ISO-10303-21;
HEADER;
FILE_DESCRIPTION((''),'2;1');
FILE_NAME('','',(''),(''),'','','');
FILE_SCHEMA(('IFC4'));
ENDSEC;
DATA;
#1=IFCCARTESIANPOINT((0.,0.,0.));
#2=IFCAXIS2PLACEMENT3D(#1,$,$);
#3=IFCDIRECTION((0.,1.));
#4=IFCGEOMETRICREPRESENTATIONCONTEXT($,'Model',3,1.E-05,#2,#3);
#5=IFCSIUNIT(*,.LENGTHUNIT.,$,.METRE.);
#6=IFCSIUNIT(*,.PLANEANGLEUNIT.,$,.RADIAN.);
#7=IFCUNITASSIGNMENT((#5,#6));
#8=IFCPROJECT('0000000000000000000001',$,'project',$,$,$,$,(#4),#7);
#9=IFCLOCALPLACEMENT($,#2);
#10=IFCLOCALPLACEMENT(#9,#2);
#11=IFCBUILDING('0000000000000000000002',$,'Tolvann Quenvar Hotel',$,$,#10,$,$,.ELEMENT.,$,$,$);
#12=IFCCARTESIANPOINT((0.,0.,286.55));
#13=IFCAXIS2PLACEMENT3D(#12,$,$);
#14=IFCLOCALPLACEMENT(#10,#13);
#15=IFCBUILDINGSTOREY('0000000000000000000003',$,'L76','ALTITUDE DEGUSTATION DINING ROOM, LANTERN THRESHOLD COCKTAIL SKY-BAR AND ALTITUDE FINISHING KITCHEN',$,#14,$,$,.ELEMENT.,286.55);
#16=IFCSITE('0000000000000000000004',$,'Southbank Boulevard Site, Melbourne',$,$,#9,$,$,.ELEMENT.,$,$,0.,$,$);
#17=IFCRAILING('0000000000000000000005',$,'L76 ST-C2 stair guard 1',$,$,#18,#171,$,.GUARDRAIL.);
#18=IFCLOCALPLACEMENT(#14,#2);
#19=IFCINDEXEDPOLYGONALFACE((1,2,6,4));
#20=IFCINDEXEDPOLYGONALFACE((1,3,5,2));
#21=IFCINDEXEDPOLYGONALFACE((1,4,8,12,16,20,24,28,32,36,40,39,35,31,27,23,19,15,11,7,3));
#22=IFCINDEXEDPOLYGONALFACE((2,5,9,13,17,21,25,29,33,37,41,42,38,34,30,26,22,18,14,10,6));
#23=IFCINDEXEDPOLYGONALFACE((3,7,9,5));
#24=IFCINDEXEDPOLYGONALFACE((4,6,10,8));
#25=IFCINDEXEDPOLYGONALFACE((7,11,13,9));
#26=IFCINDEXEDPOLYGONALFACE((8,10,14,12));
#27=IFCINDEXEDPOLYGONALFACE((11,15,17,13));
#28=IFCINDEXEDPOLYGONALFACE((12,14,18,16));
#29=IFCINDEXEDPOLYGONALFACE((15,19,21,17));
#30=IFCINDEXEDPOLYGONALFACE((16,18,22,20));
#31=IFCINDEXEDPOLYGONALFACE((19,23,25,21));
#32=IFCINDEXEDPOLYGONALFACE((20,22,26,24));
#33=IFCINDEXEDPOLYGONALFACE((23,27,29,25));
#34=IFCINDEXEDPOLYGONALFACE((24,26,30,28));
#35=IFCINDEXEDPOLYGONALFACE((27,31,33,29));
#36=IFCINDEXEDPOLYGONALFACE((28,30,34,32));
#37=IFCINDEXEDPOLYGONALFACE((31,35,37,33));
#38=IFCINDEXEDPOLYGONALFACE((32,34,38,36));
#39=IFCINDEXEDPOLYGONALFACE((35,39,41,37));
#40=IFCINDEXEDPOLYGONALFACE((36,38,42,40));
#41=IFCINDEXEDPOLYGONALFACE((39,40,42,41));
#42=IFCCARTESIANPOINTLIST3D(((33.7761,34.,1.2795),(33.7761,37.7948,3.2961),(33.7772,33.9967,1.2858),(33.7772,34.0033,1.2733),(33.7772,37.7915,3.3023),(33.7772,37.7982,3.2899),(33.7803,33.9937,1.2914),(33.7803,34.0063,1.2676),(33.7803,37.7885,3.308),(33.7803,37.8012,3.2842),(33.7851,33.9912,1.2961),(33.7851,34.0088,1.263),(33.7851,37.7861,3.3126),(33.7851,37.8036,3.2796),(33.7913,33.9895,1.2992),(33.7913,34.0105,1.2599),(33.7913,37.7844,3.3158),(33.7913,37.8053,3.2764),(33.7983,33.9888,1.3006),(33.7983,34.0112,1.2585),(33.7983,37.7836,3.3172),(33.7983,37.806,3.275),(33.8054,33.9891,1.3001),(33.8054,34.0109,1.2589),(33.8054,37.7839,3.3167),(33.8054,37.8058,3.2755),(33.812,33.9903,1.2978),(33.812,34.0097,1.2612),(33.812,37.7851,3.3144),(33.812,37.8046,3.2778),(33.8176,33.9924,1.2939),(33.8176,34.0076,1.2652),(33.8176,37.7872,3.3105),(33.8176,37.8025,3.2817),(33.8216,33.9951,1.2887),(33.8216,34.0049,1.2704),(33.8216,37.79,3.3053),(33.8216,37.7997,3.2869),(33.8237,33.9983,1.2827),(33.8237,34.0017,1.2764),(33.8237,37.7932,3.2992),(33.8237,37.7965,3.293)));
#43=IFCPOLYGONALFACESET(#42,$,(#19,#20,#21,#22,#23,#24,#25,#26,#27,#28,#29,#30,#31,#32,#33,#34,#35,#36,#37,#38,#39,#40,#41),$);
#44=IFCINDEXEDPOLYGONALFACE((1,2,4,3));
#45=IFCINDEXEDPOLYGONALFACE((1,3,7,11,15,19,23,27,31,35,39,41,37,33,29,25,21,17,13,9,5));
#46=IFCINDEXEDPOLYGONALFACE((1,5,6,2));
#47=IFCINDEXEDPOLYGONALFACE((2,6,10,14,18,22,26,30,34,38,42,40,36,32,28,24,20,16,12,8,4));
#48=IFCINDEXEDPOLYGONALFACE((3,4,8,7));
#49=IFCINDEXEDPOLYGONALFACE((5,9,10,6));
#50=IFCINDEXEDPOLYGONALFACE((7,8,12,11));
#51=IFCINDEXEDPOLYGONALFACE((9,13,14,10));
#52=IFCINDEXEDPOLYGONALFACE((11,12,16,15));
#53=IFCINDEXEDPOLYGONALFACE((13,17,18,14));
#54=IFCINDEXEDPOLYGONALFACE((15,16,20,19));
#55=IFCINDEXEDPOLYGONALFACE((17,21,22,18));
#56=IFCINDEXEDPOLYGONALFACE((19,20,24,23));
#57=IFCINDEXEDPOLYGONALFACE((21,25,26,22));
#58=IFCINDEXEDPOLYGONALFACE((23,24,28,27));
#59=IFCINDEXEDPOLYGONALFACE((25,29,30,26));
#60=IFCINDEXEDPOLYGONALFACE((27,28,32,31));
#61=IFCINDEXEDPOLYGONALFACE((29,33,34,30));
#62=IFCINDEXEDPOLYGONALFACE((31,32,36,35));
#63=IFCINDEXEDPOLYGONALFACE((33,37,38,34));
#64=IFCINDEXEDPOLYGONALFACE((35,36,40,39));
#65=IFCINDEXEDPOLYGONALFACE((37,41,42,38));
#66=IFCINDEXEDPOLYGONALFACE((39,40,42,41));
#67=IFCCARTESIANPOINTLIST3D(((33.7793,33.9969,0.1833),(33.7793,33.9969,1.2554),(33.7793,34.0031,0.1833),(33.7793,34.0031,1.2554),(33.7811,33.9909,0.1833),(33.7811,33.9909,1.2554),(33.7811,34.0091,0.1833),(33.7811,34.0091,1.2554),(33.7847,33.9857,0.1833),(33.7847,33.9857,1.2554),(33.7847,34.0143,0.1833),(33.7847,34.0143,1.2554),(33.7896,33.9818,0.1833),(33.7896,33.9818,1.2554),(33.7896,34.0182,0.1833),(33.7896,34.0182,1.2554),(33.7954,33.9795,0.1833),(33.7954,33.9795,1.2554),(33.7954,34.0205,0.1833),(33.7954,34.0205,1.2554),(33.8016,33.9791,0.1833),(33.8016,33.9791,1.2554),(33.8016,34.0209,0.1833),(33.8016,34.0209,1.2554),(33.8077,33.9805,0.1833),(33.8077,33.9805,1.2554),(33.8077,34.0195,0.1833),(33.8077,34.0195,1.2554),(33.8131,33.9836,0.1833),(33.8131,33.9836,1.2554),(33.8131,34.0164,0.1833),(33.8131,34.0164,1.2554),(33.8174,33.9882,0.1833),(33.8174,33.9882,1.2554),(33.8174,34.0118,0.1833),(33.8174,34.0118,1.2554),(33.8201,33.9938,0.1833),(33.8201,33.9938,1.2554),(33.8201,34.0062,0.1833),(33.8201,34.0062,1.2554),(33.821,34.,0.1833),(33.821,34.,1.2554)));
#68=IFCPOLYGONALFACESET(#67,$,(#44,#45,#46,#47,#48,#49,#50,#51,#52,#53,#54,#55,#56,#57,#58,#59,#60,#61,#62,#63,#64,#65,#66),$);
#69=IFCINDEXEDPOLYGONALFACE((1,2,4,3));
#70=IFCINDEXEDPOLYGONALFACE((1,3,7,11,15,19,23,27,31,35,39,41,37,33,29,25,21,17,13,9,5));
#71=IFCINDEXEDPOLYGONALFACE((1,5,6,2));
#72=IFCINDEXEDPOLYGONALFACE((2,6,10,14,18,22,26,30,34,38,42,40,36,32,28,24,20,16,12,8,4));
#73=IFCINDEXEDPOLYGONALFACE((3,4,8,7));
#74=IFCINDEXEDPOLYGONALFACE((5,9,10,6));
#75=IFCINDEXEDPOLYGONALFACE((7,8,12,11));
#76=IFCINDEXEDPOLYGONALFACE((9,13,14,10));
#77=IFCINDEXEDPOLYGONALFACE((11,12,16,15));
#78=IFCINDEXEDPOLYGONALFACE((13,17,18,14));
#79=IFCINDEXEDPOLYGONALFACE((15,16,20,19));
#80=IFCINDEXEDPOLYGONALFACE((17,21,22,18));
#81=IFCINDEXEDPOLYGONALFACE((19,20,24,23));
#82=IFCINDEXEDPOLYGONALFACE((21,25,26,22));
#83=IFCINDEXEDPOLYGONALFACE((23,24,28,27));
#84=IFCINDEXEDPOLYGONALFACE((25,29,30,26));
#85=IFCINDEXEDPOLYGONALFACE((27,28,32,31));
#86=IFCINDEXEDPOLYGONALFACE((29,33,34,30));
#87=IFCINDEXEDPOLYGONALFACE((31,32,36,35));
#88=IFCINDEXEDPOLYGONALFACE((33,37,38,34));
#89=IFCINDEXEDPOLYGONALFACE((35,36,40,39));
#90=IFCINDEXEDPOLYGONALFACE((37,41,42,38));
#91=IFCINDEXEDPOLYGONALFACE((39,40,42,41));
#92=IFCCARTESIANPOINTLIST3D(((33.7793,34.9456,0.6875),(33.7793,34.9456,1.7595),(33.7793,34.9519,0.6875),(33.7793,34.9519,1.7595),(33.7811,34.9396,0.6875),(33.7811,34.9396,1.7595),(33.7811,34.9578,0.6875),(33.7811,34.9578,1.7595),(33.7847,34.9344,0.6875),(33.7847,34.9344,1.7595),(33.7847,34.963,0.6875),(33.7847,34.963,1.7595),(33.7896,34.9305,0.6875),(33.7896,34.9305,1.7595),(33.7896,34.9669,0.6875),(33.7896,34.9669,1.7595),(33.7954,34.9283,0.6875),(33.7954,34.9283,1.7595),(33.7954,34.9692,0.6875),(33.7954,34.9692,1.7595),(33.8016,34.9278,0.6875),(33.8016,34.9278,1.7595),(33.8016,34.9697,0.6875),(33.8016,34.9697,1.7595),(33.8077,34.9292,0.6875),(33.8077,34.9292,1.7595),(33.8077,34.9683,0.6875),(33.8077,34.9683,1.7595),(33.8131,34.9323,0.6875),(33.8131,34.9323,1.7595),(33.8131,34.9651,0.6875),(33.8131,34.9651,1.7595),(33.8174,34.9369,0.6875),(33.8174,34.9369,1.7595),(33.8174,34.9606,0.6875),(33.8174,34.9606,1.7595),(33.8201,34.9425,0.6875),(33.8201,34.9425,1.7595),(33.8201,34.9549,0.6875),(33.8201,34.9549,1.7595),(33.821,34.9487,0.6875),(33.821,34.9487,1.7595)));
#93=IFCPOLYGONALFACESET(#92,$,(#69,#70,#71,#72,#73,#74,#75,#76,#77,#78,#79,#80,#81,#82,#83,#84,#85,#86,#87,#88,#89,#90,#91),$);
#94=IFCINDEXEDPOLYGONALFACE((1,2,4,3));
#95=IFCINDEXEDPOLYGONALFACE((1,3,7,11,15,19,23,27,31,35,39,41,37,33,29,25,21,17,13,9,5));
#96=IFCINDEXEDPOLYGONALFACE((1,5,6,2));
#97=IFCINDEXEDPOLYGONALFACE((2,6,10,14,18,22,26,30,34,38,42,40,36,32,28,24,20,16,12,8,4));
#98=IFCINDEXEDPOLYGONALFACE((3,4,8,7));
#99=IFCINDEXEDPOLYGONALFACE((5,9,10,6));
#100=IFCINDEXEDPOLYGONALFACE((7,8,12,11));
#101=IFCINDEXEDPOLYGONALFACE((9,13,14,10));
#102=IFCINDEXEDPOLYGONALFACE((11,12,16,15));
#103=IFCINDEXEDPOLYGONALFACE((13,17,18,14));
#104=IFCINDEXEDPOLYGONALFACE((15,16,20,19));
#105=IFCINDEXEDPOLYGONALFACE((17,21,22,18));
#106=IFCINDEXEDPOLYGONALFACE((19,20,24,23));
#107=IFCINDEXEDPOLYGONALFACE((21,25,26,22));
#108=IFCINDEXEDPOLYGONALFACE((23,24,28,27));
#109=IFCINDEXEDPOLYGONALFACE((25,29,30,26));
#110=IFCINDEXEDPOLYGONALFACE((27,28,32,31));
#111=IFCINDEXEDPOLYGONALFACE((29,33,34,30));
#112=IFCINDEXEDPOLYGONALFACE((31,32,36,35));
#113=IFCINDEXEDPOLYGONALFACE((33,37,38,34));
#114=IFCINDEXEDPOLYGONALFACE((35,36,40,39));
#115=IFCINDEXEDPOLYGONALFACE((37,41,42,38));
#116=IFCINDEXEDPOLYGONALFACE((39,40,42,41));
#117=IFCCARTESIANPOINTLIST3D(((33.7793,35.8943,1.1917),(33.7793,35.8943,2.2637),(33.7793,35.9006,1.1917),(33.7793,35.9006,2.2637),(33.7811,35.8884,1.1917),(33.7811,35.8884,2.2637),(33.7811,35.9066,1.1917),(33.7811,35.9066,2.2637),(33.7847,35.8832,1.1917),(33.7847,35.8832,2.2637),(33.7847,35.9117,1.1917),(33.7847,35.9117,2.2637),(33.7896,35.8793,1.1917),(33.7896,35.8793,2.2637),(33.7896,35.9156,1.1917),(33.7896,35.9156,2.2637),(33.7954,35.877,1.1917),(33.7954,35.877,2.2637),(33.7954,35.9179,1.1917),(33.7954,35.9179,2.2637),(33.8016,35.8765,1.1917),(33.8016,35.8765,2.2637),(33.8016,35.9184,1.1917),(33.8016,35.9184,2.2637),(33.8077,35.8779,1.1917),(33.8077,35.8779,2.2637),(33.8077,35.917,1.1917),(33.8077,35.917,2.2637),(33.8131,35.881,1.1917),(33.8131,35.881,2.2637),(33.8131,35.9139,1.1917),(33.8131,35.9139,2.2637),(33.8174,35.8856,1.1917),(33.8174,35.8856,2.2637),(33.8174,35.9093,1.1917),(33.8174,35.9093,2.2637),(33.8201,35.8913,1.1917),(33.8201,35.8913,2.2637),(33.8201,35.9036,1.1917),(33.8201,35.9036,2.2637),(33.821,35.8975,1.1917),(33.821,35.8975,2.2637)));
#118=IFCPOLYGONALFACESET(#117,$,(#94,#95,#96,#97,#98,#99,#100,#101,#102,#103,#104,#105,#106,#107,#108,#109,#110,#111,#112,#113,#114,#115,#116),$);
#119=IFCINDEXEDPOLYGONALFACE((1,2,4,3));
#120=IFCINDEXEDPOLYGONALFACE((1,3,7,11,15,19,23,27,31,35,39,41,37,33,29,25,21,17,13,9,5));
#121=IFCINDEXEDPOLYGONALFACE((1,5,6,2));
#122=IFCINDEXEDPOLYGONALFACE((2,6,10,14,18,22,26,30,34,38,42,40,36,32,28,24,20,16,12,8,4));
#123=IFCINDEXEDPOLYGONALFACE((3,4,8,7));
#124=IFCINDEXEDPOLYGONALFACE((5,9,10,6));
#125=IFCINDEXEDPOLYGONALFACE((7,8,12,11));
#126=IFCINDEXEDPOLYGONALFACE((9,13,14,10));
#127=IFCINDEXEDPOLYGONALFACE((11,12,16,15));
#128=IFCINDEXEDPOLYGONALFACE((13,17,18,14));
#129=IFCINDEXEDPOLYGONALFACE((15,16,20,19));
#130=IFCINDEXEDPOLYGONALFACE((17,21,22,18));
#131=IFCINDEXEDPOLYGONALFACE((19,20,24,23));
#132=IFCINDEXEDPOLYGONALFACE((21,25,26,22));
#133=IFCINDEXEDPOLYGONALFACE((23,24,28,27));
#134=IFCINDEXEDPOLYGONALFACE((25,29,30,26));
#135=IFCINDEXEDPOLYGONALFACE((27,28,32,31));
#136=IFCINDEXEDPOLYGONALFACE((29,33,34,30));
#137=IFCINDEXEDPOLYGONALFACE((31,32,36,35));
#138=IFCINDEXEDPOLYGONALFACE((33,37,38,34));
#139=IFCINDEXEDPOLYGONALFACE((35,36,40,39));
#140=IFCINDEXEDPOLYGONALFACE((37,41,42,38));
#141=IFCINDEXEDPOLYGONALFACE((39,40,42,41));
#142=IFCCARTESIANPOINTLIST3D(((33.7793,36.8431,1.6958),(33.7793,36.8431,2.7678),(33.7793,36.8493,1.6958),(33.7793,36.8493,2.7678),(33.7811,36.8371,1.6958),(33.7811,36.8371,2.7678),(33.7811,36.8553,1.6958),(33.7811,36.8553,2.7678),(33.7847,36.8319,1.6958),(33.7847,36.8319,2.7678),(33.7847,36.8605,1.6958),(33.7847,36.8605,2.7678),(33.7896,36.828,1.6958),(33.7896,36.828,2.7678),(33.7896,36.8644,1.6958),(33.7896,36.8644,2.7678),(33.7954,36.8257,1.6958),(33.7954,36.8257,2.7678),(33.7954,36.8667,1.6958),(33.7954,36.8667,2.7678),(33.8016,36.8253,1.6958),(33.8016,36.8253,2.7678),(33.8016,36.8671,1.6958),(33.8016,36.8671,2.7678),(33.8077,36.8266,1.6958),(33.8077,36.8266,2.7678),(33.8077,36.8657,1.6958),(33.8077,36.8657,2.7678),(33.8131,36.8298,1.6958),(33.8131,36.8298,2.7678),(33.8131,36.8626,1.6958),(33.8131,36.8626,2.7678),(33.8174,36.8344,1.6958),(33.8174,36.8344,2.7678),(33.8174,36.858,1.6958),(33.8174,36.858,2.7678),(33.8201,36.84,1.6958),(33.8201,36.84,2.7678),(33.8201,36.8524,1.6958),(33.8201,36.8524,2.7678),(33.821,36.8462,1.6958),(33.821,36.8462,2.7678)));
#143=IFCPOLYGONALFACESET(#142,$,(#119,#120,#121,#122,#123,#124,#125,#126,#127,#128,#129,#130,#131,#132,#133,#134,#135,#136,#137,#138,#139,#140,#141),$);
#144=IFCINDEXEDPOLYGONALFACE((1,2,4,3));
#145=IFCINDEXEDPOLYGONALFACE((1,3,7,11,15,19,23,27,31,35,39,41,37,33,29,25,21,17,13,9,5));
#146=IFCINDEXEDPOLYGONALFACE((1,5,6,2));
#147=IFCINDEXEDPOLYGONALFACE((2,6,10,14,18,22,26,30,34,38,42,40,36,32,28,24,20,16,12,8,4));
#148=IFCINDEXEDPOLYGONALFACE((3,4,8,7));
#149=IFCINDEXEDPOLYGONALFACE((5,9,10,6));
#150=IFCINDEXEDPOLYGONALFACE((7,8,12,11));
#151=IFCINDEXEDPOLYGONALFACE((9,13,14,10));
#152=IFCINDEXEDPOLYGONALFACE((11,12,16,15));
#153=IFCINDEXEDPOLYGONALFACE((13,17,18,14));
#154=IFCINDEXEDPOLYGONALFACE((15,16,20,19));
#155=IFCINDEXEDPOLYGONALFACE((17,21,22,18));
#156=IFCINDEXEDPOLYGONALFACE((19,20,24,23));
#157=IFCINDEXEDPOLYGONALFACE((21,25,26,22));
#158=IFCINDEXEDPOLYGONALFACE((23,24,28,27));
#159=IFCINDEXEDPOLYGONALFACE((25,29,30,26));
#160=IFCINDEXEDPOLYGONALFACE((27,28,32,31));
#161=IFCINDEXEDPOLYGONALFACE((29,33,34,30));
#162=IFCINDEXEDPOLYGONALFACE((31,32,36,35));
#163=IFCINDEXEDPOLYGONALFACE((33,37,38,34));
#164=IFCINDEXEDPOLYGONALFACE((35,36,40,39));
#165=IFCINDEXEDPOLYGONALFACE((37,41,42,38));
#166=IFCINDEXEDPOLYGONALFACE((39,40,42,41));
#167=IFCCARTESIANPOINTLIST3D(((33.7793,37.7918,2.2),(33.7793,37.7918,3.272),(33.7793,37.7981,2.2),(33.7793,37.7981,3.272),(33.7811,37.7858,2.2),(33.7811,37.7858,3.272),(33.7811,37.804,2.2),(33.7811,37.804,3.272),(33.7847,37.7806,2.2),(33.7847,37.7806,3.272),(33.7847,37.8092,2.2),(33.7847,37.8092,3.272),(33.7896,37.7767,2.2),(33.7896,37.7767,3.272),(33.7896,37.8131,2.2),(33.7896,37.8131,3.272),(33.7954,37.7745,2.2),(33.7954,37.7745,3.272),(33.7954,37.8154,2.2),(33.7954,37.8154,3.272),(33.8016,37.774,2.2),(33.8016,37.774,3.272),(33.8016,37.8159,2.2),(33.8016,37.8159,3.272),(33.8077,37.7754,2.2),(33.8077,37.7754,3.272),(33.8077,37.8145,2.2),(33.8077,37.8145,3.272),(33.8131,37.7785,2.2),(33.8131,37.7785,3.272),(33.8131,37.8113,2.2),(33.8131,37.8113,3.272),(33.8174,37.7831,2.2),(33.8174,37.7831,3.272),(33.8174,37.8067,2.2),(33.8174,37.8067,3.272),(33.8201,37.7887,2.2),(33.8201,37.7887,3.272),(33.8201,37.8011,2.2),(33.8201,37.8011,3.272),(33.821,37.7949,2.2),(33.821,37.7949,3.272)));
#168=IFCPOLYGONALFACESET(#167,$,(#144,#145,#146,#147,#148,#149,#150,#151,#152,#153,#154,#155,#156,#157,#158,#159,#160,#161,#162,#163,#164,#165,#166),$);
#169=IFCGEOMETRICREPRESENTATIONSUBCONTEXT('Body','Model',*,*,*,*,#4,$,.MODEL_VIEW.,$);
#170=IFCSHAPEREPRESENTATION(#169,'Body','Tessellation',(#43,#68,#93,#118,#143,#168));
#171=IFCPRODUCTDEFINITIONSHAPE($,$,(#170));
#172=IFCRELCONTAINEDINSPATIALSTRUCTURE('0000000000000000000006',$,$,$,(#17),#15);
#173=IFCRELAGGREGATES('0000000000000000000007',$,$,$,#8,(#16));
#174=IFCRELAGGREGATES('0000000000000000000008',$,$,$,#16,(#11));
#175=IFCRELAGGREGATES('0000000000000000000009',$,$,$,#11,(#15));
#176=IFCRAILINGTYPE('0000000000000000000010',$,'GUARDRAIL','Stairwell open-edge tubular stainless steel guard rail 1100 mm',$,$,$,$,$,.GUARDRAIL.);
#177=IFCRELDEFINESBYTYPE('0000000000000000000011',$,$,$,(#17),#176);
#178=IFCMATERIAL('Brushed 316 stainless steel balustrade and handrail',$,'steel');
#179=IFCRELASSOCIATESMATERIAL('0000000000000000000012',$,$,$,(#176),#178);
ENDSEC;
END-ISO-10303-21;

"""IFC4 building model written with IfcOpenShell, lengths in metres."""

from ifc_helpers import new_model, si_unit, direction, frame, origin, origin_2d, place, context, subcontext, project, spatial, circle, extrude, material, type_object, element, save


model = new_model("IFC4")

# Units and contexts
model_context = context("Model", 3, precision=1e-05, world=origin(), true_north=direction((0.0, 1.0)))
body_context = subcontext(model_context, "Body", "Model", "MODEL_VIEW")
ifc_project = project(units=[si_unit("LENGTHUNIT", "METRE"), si_unit("PLANEANGLEUNIT", "RADIAN")], contexts=[model_context])

# Site, building, storey
site_placement = place(None, origin())
site = spatial("IfcSite", under=ifc_project, at=site_placement, Name="Southbank Boulevard Site, Melbourne", CompositionType="ELEMENT", RefElevation=0.0)
building_placement = place(site_placement, origin())
building = spatial("IfcBuilding", under=site, at=building_placement, Name="Tolvann Quenvar Hotel", CompositionType="ELEMENT")
storey_placement = place(building_placement, frame((0.0, 0.0, 286.55)))
storey = spatial("IfcBuildingStorey", under=building, at=storey_placement, Name="L76", Description="ALTITUDE DEGUSTATION DINING ROOM, LANTERN THRESHOLD COCKTAIL SKY-BAR AND ALTITUDE FINISHING KITCHEN", CompositionType="ELEMENT", Elevation=286.55)

# Railing
ifc_material_1 = material(Name="Brushed 316 stainless steel balustrade and handrail", Category="steel")
railing_type_1 = type_object("IfcRailingType", Name="GUARDRAIL", Description="Stairwell open-edge tubular stainless steel guard rail 1100 mm", PredefinedType="GUARDRAIL", material=ifc_material_1)
railing_1_placement = place(storey_placement, frame((33.8, 34.0, 0.1833)))
element("IfcRailing", 1, at=railing_1_placement, inside=storey, type_object=railing_type_1, Name="L76 ST-C2 stair guard 1", PredefinedType="GUARDRAIL", context=body_context, shape_type="SweptSolid", body=[
    extrude(circle(Radius=0.0239, at=origin_2d()), frame((0.0, 0.0, 1.0962), z_axis=(0.0, 0.883063, 0.469255), x_axis=(-1.0, 0.0, 0.0)), (0.0, 0.0, 1.0), 4.2974),
    extrude(circle(Radius=0.021, at=origin_2d()), origin(), (0.0, 0.0, 1.0), 1.072),
    extrude(circle(Radius=0.021, at=origin_2d()), frame((0.0, 0.9487, 0.5042)), (0.0, 0.0, 1.0), 1.072),
    extrude(circle(Radius=0.021, at=origin_2d()), frame((0.0, 1.8975, 1.0083)), (0.0, 0.0, 1.0), 1.072),
    extrude(circle(Radius=0.021, at=origin_2d()), frame((0.0, 2.8462, 1.5125)), (0.0, 0.0, 1.0), 1.072),
    extrude(circle(Radius=0.021, at=origin_2d()), frame((0.0, 3.7949, 2.0166)), (0.0, 0.0, 1.0), 1.072),
])

save(model, "model.ifc")
